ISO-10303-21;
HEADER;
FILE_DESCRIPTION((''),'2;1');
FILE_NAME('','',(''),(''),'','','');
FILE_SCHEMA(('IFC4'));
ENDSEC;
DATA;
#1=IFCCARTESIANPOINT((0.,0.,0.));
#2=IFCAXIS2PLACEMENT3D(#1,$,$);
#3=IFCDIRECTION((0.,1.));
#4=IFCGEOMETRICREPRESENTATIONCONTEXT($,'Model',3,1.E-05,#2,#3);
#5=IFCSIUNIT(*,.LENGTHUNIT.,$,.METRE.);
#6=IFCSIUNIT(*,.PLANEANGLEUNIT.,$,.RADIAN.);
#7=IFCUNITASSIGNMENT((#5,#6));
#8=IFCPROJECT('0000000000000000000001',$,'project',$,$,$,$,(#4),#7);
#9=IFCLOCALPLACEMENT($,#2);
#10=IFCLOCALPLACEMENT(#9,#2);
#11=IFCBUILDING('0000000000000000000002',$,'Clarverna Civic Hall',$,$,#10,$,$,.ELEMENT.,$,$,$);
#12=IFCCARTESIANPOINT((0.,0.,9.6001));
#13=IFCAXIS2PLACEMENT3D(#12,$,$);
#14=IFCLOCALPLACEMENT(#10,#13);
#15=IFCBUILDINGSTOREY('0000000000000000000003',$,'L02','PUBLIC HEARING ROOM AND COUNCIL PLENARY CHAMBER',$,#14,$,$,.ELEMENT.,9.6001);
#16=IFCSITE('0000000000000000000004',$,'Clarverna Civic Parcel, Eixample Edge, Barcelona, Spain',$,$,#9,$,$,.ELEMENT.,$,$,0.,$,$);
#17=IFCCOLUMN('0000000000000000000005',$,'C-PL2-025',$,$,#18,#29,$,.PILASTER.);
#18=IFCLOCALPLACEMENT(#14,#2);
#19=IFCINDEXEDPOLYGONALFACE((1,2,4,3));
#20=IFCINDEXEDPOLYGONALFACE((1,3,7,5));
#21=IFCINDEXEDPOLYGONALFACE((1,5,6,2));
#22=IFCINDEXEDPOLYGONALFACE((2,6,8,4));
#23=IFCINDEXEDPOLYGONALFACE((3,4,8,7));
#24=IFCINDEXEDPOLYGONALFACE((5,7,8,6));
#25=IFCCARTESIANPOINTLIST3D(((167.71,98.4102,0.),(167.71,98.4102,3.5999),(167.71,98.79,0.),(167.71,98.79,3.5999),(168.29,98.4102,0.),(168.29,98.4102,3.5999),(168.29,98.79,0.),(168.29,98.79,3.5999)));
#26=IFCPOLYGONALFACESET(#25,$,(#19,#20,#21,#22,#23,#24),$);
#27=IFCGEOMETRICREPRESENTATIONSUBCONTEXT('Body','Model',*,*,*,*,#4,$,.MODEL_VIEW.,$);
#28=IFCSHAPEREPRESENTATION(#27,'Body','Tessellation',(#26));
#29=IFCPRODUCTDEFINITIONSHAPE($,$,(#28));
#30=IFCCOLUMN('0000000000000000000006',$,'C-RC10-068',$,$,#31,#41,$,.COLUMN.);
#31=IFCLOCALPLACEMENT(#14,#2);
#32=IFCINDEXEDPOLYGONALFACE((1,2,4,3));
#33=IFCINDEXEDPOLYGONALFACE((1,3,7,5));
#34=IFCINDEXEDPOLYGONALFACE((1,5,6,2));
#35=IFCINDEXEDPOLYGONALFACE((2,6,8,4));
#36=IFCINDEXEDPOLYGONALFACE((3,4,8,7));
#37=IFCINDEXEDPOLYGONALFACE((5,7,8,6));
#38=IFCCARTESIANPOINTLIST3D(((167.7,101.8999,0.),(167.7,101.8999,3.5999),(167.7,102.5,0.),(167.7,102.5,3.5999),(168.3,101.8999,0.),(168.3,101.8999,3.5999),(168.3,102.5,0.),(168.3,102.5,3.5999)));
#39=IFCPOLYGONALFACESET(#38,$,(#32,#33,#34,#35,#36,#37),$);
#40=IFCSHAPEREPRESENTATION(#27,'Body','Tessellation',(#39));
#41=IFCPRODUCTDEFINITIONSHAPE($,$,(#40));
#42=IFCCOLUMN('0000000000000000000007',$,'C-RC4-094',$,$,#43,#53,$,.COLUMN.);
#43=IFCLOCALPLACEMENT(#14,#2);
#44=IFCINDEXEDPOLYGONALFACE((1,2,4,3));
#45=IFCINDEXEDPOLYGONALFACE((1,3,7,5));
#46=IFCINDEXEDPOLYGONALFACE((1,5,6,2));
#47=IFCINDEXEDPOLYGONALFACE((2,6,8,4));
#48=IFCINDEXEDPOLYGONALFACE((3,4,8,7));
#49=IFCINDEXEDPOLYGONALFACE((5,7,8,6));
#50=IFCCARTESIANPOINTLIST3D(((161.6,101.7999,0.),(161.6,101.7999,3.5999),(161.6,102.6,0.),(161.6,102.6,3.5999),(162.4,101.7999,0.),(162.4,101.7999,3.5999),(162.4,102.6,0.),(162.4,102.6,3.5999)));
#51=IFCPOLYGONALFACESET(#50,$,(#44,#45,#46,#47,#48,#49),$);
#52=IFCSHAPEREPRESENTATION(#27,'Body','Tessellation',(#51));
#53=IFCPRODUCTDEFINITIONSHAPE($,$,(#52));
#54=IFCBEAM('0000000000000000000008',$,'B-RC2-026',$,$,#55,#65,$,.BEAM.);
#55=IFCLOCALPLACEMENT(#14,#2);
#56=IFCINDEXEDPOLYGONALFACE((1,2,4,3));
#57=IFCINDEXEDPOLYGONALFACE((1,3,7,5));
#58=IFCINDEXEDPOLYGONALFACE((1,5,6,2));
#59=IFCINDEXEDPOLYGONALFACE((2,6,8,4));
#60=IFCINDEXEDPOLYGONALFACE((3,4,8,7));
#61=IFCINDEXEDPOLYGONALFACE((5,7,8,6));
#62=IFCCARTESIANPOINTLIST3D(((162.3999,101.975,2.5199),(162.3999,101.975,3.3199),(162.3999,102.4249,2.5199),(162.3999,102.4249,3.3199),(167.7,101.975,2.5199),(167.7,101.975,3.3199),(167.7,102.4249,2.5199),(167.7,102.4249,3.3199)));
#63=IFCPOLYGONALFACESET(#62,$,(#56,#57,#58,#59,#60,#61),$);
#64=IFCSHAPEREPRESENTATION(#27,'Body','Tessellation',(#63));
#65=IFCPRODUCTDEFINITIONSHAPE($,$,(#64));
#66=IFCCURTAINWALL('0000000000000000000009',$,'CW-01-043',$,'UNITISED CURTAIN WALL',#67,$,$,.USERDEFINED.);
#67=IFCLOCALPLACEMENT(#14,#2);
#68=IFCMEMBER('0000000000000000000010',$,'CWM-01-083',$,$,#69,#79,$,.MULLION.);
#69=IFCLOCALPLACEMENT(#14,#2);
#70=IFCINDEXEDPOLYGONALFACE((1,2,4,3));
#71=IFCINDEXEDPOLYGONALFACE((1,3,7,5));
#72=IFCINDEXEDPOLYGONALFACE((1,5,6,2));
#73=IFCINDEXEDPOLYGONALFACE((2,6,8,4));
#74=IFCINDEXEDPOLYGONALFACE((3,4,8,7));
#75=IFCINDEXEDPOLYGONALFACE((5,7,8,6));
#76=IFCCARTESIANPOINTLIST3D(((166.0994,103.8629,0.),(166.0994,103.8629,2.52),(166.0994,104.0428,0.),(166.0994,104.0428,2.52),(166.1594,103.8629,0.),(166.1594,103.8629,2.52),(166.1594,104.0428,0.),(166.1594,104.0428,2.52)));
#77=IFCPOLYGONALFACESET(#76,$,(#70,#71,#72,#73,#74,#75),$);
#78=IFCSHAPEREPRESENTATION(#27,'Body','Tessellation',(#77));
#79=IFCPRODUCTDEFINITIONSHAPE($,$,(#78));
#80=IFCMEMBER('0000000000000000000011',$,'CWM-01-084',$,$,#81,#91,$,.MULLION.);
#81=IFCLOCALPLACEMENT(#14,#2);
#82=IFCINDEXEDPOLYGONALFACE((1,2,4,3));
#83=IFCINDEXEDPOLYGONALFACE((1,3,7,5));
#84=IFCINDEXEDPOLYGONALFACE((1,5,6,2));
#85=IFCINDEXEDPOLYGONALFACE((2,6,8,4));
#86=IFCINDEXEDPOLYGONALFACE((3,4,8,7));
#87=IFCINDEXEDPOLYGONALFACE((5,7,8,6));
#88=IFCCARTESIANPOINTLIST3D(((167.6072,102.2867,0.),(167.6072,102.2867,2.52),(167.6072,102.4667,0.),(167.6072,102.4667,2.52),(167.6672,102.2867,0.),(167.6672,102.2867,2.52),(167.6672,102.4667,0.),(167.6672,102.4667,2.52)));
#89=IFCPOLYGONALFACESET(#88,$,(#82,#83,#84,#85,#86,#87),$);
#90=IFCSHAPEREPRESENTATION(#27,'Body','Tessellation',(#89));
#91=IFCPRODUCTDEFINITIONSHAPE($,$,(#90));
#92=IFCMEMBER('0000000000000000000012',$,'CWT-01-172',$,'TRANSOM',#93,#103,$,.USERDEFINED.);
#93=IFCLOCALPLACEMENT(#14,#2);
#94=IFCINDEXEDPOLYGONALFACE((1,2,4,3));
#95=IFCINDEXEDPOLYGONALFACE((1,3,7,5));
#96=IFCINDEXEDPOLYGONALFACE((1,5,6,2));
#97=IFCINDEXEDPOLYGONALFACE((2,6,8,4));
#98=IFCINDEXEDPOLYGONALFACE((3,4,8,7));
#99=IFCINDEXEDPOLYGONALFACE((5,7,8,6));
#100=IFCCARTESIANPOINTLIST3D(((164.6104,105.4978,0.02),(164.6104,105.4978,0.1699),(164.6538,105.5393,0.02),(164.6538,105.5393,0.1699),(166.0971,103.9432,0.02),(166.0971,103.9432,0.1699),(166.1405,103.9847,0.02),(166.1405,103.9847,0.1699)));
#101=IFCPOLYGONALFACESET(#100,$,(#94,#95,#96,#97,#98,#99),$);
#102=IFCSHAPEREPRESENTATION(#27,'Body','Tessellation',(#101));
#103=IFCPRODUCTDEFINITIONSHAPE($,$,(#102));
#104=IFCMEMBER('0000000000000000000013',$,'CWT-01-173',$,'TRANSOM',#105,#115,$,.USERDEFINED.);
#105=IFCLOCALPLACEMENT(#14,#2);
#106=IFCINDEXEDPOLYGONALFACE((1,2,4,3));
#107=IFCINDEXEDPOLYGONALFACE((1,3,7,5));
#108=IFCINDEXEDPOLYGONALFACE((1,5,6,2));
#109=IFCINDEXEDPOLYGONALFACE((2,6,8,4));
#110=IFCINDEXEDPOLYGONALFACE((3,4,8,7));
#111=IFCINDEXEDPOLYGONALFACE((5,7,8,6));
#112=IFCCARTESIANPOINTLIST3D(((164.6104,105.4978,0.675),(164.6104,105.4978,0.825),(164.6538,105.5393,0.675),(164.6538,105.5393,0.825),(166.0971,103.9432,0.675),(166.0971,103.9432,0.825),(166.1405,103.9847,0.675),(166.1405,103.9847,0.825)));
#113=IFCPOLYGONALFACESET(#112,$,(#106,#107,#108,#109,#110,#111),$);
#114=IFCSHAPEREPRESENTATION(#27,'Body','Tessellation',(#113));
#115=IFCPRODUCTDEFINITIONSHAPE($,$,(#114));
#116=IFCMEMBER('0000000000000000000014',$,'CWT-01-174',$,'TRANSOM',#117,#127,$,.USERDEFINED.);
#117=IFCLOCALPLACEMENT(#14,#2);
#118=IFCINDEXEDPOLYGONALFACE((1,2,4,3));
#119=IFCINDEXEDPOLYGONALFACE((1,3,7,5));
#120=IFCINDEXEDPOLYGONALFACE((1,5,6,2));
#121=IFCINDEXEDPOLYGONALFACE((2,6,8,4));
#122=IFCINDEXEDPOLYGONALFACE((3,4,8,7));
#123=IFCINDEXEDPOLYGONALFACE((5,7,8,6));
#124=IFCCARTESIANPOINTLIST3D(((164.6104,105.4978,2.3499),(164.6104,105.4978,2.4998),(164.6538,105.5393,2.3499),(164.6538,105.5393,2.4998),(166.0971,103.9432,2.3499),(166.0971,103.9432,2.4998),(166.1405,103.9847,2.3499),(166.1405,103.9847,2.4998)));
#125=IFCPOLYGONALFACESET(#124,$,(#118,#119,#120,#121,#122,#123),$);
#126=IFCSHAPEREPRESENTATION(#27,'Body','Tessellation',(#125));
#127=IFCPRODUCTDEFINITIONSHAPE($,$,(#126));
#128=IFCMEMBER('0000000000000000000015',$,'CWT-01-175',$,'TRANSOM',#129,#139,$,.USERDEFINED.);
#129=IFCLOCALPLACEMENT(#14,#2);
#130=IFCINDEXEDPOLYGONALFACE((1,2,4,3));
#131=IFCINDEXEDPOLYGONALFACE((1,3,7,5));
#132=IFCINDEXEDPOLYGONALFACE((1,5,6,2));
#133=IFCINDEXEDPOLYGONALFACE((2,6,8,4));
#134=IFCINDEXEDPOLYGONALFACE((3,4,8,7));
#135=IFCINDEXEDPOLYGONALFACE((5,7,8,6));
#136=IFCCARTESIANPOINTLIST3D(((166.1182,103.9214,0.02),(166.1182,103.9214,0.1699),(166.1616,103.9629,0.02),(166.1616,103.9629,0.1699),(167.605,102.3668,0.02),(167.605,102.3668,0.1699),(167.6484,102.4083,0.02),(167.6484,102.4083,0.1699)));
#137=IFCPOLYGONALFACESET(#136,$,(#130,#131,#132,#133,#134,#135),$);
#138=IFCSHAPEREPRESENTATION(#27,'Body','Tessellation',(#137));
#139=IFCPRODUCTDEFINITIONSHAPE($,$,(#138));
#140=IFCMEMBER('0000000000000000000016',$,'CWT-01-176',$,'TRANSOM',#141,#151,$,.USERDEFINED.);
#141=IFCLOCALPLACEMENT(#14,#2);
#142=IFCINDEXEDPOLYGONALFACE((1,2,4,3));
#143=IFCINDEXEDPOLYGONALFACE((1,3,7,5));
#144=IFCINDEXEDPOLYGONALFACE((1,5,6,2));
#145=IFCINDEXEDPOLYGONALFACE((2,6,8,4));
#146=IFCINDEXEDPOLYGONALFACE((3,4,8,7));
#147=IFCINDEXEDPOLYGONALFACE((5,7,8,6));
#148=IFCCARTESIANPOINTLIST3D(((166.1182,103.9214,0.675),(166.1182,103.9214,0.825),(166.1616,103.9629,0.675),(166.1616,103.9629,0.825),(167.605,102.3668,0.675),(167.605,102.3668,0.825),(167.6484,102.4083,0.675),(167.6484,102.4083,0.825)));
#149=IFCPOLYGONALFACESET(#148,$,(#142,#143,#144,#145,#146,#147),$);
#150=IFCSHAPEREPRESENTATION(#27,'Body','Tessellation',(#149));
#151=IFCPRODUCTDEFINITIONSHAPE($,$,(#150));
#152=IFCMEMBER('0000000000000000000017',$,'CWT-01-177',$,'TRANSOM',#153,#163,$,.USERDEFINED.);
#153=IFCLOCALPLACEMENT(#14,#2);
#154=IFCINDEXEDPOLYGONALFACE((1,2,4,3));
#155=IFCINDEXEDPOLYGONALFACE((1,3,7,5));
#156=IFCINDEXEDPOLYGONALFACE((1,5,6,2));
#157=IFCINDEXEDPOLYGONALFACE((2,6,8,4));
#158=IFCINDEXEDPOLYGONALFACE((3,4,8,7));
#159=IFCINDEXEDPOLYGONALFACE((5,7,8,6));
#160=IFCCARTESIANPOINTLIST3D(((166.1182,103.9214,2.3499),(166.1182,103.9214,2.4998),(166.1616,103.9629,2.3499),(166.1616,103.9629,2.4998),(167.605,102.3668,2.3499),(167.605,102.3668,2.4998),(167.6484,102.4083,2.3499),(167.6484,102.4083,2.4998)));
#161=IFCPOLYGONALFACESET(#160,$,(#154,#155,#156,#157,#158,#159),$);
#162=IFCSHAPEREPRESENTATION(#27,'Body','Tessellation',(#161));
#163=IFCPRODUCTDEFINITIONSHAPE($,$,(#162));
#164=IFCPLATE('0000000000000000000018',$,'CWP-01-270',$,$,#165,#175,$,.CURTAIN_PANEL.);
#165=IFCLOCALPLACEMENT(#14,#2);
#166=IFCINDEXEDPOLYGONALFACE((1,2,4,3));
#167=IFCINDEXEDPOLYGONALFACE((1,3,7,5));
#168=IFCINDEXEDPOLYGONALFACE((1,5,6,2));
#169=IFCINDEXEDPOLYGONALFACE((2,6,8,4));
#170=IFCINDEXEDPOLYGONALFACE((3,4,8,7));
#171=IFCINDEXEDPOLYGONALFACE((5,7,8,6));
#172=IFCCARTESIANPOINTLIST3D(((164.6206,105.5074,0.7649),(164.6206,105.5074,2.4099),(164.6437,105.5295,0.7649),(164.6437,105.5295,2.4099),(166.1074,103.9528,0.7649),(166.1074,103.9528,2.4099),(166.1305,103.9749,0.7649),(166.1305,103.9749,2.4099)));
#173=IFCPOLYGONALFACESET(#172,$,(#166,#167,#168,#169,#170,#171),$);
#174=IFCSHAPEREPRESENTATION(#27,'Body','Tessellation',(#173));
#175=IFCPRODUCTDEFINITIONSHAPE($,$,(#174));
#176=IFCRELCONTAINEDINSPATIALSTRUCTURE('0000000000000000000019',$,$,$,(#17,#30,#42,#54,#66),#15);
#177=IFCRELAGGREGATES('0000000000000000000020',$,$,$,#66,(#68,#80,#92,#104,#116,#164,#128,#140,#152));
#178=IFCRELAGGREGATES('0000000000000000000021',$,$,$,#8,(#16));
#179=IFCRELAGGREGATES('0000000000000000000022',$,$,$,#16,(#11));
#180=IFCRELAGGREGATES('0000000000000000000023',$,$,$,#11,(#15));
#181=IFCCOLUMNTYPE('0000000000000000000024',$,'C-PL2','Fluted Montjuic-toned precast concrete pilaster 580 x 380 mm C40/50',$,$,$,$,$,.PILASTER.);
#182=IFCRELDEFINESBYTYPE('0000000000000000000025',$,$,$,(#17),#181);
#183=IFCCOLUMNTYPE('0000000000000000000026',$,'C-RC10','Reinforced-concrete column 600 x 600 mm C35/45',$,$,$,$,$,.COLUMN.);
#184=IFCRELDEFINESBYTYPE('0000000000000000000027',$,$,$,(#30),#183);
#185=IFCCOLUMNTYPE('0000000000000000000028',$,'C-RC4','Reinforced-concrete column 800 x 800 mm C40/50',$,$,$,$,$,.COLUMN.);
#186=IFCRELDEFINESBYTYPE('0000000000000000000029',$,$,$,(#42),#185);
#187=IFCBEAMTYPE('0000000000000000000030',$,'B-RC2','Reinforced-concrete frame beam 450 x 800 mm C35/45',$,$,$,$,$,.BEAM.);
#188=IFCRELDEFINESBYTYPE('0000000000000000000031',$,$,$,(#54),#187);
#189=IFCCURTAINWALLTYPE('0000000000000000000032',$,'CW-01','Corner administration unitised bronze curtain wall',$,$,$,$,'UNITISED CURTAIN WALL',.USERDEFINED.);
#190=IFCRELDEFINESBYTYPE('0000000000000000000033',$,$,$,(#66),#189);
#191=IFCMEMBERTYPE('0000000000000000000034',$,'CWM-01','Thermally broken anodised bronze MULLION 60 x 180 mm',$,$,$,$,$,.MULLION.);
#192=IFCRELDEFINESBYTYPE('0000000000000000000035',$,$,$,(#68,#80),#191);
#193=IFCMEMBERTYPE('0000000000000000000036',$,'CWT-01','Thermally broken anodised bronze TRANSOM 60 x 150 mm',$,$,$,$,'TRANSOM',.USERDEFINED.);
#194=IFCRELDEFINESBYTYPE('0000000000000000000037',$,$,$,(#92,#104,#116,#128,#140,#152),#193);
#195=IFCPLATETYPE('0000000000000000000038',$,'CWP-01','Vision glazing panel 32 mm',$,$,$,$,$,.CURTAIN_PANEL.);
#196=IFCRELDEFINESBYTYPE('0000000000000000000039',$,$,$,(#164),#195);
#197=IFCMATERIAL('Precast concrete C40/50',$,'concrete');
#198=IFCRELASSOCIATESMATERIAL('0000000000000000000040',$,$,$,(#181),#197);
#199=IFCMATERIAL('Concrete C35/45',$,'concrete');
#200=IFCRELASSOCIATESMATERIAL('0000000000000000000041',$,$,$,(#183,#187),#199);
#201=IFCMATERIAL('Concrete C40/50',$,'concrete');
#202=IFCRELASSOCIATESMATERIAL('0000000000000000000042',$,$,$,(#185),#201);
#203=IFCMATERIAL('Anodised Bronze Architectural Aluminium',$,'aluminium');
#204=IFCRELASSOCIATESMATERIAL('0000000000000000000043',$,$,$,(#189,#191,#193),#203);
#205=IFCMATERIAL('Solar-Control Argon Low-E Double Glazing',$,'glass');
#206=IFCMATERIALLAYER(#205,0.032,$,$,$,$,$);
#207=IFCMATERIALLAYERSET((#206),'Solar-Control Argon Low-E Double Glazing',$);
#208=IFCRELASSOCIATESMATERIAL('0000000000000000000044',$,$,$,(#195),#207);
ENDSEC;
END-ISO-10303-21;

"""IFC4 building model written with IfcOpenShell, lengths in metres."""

from ifc_helpers import new_model, si_unit, direction, frame, frame_2d, origin, origin_2d, place, context, subcontext, project, spatial, rectangle, extrude, material, layer, layer_set, material_profile, profile_set, type_object, element, aggregate, save


model = new_model("IFC4")

# Units and contexts
model_context = context("Model", 3, precision=1e-05, world=origin(), true_north=direction((0.0, 1.0)))
body_context = subcontext(model_context, "Body", "Model", "MODEL_VIEW")
ifc_project = project(units=[si_unit("LENGTHUNIT", "METRE"), si_unit("PLANEANGLEUNIT", "RADIAN")], contexts=[model_context])

# Site, building, storey
site_placement = place(None, origin())
site = spatial("IfcSite", under=ifc_project, at=site_placement, Name="Clarverna Civic Parcel, Eixample Edge, Barcelona, Spain", CompositionType="ELEMENT", RefElevation=0.0)
building_placement = place(site_placement, origin())
building = spatial("IfcBuilding", under=site, at=building_placement, Name="Clarverna Civic Hall", CompositionType="ELEMENT")
storey_placement = place(building_placement, frame((0.0, 0.0, 9.6001)))
storey = spatial("IfcBuildingStorey", under=building, at=storey_placement, Name="L02", Description="PUBLIC HEARING ROOM AND COUNCIL PLENARY CHAMBER", CompositionType="ELEMENT", Elevation=9.6001)

# Columns
ifc_material_1 = material(Name="Precast concrete C40/50", Category="concrete")
ifc_material_profile_1 = material_profile(ifc_material_1, rectangle(XDim=0.5801, YDim=0.3799, at=origin_2d()), Name="PILASTER 580x380")
ifc_profile_set_1 = profile_set([ifc_material_profile_1], Name="Precast concrete C40/50")
column_type_1 = type_object("IfcColumnType", Name="C-PL2", Description="Fluted Montjuic-toned precast concrete pilaster 580 x 380 mm C40/50", PredefinedType="PILASTER", material=ifc_profile_set_1)
column_1_placement = place(storey_placement, frame((168.0, 98.6001, 0.0), z_axis=(0.0, 0.0, 1.0), x_axis=(1.0, 0.0, 0.0)))
element("IfcColumn", 1, at=column_1_placement, inside=storey, type_object=column_type_1, Name="C-PL2-025", PredefinedType="PILASTER", context=body_context, shape_type="SweptSolid", body=[
    extrude(rectangle(XDim=0.5801, YDim=0.3799, at=origin_2d()), origin(), (0.0, 0.0, 1.0), 3.5999),
])
ifc_material_2 = material(Name="Concrete C35/45", Category="concrete")
ifc_material_profile_2 = material_profile(ifc_material_2, rectangle(XDim=0.6001, YDim=0.6001, at=origin_2d()), Name="RC 600x600")
ifc_profile_set_2 = profile_set([ifc_material_profile_2], Name="Concrete C35/45")
column_type_2 = type_object("IfcColumnType", Name="C-RC10", Description="Reinforced-concrete column 600 x 600 mm C35/45", PredefinedType="COLUMN", material=ifc_profile_set_2)
column_2_placement = place(storey_placement, frame((168.0, 102.2, 0.0), z_axis=(0.0, 0.0, 1.0), x_axis=(1.0, 0.0, 0.0)))
element("IfcColumn", 2, at=column_2_placement, inside=storey, type_object=column_type_2, Name="C-RC10-068", PredefinedType="COLUMN", context=body_context, shape_type="SweptSolid", body=[
    extrude(rectangle(XDim=0.6001, YDim=0.6001, at=origin_2d()), origin(), (0.0, 0.0, 1.0), 3.5999),
])
ifc_material_3 = material(Name="Concrete C40/50", Category="concrete")
ifc_material_profile_3 = material_profile(ifc_material_3, rectangle(XDim=0.8, YDim=0.8, at=origin_2d()), Name="RC 800x800")
ifc_profile_set_3 = profile_set([ifc_material_profile_3], Name="Concrete C40/50")
column_type_3 = type_object("IfcColumnType", Name="C-RC4", Description="Reinforced-concrete column 800 x 800 mm C40/50", PredefinedType="COLUMN", material=ifc_profile_set_3)
column_3_placement = place(storey_placement, frame((162.0, 102.2, 0.0), z_axis=(0.0, 0.0, 1.0), x_axis=(1.0, 0.0, 0.0)))
element("IfcColumn", 3, at=column_3_placement, inside=storey, type_object=column_type_3, Name="C-RC4-094", PredefinedType="COLUMN", context=body_context, shape_type="SweptSolid", body=[
    extrude(rectangle(XDim=0.8, YDim=0.8, at=origin_2d()), origin(), (0.0, 0.0, 1.0), 3.5999),
])

# Beam
ifc_material_profile_4 = material_profile(ifc_material_2, rectangle(XDim=0.45, YDim=0.8, at=origin_2d()), Name="RC 450x800")
ifc_profile_set_4 = profile_set([ifc_material_profile_4], Name="Concrete C35/45")
beam_type = type_object("IfcBeamType", Name="B-RC2", Description="Reinforced-concrete frame beam 450 x 800 mm C35/45", PredefinedType="BEAM", material=ifc_profile_set_4)
beam_placement = place(storey_placement, frame((162.3999, 102.2, 2.9199), z_axis=(1.0, 0.0, 0.0), x_axis=(0.0, 1.0, 0.0)))
element("IfcBeam", 4, at=beam_placement, inside=storey, type_object=beam_type, Name="B-RC2-026", PredefinedType="BEAM", context=body_context, shape_type="SweptSolid", body=[
    extrude(rectangle(XDim=0.45, YDim=0.8, at=origin_2d()), origin(), (0.0, 0.0, 1.0), 5.3),
])

# Curtain wall, members, plate
ifc_material_4 = material(Name="Anodised Bronze Architectural Aluminium", Category="aluminium")
curtain_wall_type = type_object("IfcCurtainWallType", Name="CW-01", Description="Corner administration unitised bronze curtain wall", ElementType="UNITISED CURTAIN WALL", PredefinedType="USERDEFINED", material=ifc_material_4)
curtain_wall_placement = place(storey_placement, origin())
curtain_wall = element("IfcCurtainWall", 5, at=curtain_wall_placement, inside=storey, type_object=curtain_wall_type, Name="CW-01-043", ObjectType="UNITISED CURTAIN WALL", PredefinedType="USERDEFINED")
ifc_material_profile_5 = material_profile(ifc_material_4, rectangle(XDim=0.0601, YDim=0.1799, at=origin_2d()), Name="BRONZE 60x180")
ifc_profile_set_5 = profile_set([ifc_material_profile_5], Name="Anodised Bronze Architectural Aluminium")
member_type_1 = type_object("IfcMemberType", Name="CWM-01", Description="Thermally broken anodised bronze MULLION 60 x 180 mm", PredefinedType="MULLION", material=ifc_profile_set_5)
member_1_placement = place(storey_placement, frame((166.1294, 103.9529, 0.0), z_axis=(0.0, 0.0, 1.0), x_axis=(1.0, 0.0, 0.0)))
member_1 = element("IfcMember", 6, at=member_1_placement, type_object=member_type_1, Name="CWM-01-083", PredefinedType="MULLION", context=body_context, shape_type="SweptSolid", body=[
    extrude(rectangle(XDim=0.0601, YDim=0.1799, at=origin_2d()), origin(), (0.0, 0.0, 1.0), 2.52),
])
member_2_placement = place(storey_placement, frame((167.6372, 102.3767, 0.0), z_axis=(0.0, 0.0, 1.0), x_axis=(1.0, 0.0, 0.0)))
member_2 = element("IfcMember", 7, at=member_2_placement, type_object=member_type_1, Name="CWM-01-084", PredefinedType="MULLION", context=body_context, shape_type="SweptSolid", body=[
    extrude(rectangle(XDim=0.0601, YDim=0.1799, at=origin_2d()), origin(), (0.0, 0.0, 1.0), 2.52),
])
ifc_material_profile_6 = material_profile(ifc_material_4, rectangle(XDim=0.0601, YDim=0.1499, at=origin_2d()), Name="BRONZE 60x150")
ifc_profile_set_6 = profile_set([ifc_material_profile_6], Name="Anodised Bronze Architectural Aluminium")
member_type_2 = type_object("IfcMemberType", Name="CWT-01", Description="Thermally broken anodised bronze TRANSOM 60 x 150 mm", ElementType="TRANSOM", PredefinedType="USERDEFINED", material=ifc_profile_set_6)
member_3_placement = place(storey_placement, frame((164.6321, 105.5186, 0.095), z_axis=(0.691156, -0.722706, 0.0), x_axis=(0.722706, 0.691156, 0.0)))
member_3 = element("IfcMember", 8, at=member_3_placement, type_object=member_type_2, Name="CWT-01-172", ObjectType="TRANSOM", PredefinedType="USERDEFINED", context=body_context, shape_type="SweptSolid", body=[
    extrude(rectangle(XDim=0.0601, YDim=0.1499, at=origin_2d()), origin(), (0.0, 0.0, 1.0), 2.1511),
])
member_4_placement = place(storey_placement, frame((164.6321, 105.5186, 0.75), z_axis=(0.691156, -0.722706, 0.0), x_axis=(0.722706, 0.691156, 0.0)))
member_4 = element("IfcMember", 9, at=member_4_placement, type_object=member_type_2, Name="CWT-01-173", ObjectType="TRANSOM", PredefinedType="USERDEFINED", context=body_context, shape_type="SweptSolid", body=[
    extrude(rectangle(XDim=0.0601, YDim=0.1499, at=origin_2d()), origin(), (0.0, 0.0, 1.0), 2.1511),
])
member_5_placement = place(storey_placement, frame((164.6321, 105.5186, 2.4248), z_axis=(0.691156, -0.722706, 0.0), x_axis=(0.722706, 0.691156, 0.0)))
member_5 = element("IfcMember", 10, at=member_5_placement, type_object=member_type_2, Name="CWT-01-174", ObjectType="TRANSOM", PredefinedType="USERDEFINED", context=body_context, shape_type="SweptSolid", body=[
    extrude(rectangle(XDim=0.0601, YDim=0.1499, at=origin_2d()), origin(), (0.0, 0.0, 1.0), 2.1511),
])
member_6_placement = place(storey_placement, frame((166.1399, 103.9421, 0.095), z_axis=(0.691156, -0.722706, 0.0), x_axis=(0.722706, 0.691156, 0.0)))
member_6 = element("IfcMember", 11, at=member_6_placement, type_object=member_type_2, Name="CWT-01-175", ObjectType="TRANSOM", PredefinedType="USERDEFINED", context=body_context, shape_type="SweptSolid", body=[
    extrude(rectangle(XDim=0.0601, YDim=0.1499, at=origin_2d()), origin(), (0.0, 0.0, 1.0), 2.1511),
])
member_7_placement = place(storey_placement, frame((166.1399, 103.9421, 0.75), z_axis=(0.691156, -0.722706, 0.0), x_axis=(0.722706, 0.691156, 0.0)))
member_7 = element("IfcMember", 12, at=member_7_placement, type_object=member_type_2, Name="CWT-01-176", ObjectType="TRANSOM", PredefinedType="USERDEFINED", context=body_context, shape_type="SweptSolid", body=[
    extrude(rectangle(XDim=0.0601, YDim=0.1499, at=origin_2d()), origin(), (0.0, 0.0, 1.0), 2.1511),
])
member_8_placement = place(storey_placement, frame((166.1399, 103.9421, 2.4248), z_axis=(0.691156, -0.722706, 0.0), x_axis=(0.722706, 0.691156, 0.0)))
member_8 = element("IfcMember", 13, at=member_8_placement, type_object=member_type_2, Name="CWT-01-177", ObjectType="TRANSOM", PredefinedType="USERDEFINED", context=body_context, shape_type="SweptSolid", body=[
    extrude(rectangle(XDim=0.0601, YDim=0.1499, at=origin_2d()), origin(), (0.0, 0.0, 1.0), 2.1511),
])
ifc_material_5 = material(Name="Solar-Control Argon Low-E Double Glazing", Category="glass")
ifc_layer_1 = layer(ifc_material_5, 0.032)
ifc_layer_set_1 = layer_set([ifc_layer_1], Name="Solar-Control Argon Low-E Double Glazing")
plate_type_1 = type_object("IfcPlateType", Name="CWP-01", Description="Vision glazing panel 32 mm", PredefinedType="CURTAIN_PANEL", material=ifc_layer_set_1)
plate_1_placement = place(storey_placement, frame((164.6321, 105.5186, 0.7649), z_axis=(0.0, 0.0, 1.0), x_axis=(0.691156, -0.722706, 0.0)))
plate_1 = element("IfcPlate", 14, at=plate_1_placement, type_object=plate_type_1, Name="CWP-01-270", PredefinedType="CURTAIN_PANEL", context=body_context, shape_type="SweptSolid", body=[
    extrude(rectangle(XDim=2.1511, YDim=0.032, at=frame_2d((1.0757, 0.0))), origin(), (0.0, 0.0, 1.0), 1.645),
])
aggregate(curtain_wall, [member_1, member_2, member_3, member_4, member_5, plate_1, member_6, member_7, member_8])

save(model, "model.ifc")
